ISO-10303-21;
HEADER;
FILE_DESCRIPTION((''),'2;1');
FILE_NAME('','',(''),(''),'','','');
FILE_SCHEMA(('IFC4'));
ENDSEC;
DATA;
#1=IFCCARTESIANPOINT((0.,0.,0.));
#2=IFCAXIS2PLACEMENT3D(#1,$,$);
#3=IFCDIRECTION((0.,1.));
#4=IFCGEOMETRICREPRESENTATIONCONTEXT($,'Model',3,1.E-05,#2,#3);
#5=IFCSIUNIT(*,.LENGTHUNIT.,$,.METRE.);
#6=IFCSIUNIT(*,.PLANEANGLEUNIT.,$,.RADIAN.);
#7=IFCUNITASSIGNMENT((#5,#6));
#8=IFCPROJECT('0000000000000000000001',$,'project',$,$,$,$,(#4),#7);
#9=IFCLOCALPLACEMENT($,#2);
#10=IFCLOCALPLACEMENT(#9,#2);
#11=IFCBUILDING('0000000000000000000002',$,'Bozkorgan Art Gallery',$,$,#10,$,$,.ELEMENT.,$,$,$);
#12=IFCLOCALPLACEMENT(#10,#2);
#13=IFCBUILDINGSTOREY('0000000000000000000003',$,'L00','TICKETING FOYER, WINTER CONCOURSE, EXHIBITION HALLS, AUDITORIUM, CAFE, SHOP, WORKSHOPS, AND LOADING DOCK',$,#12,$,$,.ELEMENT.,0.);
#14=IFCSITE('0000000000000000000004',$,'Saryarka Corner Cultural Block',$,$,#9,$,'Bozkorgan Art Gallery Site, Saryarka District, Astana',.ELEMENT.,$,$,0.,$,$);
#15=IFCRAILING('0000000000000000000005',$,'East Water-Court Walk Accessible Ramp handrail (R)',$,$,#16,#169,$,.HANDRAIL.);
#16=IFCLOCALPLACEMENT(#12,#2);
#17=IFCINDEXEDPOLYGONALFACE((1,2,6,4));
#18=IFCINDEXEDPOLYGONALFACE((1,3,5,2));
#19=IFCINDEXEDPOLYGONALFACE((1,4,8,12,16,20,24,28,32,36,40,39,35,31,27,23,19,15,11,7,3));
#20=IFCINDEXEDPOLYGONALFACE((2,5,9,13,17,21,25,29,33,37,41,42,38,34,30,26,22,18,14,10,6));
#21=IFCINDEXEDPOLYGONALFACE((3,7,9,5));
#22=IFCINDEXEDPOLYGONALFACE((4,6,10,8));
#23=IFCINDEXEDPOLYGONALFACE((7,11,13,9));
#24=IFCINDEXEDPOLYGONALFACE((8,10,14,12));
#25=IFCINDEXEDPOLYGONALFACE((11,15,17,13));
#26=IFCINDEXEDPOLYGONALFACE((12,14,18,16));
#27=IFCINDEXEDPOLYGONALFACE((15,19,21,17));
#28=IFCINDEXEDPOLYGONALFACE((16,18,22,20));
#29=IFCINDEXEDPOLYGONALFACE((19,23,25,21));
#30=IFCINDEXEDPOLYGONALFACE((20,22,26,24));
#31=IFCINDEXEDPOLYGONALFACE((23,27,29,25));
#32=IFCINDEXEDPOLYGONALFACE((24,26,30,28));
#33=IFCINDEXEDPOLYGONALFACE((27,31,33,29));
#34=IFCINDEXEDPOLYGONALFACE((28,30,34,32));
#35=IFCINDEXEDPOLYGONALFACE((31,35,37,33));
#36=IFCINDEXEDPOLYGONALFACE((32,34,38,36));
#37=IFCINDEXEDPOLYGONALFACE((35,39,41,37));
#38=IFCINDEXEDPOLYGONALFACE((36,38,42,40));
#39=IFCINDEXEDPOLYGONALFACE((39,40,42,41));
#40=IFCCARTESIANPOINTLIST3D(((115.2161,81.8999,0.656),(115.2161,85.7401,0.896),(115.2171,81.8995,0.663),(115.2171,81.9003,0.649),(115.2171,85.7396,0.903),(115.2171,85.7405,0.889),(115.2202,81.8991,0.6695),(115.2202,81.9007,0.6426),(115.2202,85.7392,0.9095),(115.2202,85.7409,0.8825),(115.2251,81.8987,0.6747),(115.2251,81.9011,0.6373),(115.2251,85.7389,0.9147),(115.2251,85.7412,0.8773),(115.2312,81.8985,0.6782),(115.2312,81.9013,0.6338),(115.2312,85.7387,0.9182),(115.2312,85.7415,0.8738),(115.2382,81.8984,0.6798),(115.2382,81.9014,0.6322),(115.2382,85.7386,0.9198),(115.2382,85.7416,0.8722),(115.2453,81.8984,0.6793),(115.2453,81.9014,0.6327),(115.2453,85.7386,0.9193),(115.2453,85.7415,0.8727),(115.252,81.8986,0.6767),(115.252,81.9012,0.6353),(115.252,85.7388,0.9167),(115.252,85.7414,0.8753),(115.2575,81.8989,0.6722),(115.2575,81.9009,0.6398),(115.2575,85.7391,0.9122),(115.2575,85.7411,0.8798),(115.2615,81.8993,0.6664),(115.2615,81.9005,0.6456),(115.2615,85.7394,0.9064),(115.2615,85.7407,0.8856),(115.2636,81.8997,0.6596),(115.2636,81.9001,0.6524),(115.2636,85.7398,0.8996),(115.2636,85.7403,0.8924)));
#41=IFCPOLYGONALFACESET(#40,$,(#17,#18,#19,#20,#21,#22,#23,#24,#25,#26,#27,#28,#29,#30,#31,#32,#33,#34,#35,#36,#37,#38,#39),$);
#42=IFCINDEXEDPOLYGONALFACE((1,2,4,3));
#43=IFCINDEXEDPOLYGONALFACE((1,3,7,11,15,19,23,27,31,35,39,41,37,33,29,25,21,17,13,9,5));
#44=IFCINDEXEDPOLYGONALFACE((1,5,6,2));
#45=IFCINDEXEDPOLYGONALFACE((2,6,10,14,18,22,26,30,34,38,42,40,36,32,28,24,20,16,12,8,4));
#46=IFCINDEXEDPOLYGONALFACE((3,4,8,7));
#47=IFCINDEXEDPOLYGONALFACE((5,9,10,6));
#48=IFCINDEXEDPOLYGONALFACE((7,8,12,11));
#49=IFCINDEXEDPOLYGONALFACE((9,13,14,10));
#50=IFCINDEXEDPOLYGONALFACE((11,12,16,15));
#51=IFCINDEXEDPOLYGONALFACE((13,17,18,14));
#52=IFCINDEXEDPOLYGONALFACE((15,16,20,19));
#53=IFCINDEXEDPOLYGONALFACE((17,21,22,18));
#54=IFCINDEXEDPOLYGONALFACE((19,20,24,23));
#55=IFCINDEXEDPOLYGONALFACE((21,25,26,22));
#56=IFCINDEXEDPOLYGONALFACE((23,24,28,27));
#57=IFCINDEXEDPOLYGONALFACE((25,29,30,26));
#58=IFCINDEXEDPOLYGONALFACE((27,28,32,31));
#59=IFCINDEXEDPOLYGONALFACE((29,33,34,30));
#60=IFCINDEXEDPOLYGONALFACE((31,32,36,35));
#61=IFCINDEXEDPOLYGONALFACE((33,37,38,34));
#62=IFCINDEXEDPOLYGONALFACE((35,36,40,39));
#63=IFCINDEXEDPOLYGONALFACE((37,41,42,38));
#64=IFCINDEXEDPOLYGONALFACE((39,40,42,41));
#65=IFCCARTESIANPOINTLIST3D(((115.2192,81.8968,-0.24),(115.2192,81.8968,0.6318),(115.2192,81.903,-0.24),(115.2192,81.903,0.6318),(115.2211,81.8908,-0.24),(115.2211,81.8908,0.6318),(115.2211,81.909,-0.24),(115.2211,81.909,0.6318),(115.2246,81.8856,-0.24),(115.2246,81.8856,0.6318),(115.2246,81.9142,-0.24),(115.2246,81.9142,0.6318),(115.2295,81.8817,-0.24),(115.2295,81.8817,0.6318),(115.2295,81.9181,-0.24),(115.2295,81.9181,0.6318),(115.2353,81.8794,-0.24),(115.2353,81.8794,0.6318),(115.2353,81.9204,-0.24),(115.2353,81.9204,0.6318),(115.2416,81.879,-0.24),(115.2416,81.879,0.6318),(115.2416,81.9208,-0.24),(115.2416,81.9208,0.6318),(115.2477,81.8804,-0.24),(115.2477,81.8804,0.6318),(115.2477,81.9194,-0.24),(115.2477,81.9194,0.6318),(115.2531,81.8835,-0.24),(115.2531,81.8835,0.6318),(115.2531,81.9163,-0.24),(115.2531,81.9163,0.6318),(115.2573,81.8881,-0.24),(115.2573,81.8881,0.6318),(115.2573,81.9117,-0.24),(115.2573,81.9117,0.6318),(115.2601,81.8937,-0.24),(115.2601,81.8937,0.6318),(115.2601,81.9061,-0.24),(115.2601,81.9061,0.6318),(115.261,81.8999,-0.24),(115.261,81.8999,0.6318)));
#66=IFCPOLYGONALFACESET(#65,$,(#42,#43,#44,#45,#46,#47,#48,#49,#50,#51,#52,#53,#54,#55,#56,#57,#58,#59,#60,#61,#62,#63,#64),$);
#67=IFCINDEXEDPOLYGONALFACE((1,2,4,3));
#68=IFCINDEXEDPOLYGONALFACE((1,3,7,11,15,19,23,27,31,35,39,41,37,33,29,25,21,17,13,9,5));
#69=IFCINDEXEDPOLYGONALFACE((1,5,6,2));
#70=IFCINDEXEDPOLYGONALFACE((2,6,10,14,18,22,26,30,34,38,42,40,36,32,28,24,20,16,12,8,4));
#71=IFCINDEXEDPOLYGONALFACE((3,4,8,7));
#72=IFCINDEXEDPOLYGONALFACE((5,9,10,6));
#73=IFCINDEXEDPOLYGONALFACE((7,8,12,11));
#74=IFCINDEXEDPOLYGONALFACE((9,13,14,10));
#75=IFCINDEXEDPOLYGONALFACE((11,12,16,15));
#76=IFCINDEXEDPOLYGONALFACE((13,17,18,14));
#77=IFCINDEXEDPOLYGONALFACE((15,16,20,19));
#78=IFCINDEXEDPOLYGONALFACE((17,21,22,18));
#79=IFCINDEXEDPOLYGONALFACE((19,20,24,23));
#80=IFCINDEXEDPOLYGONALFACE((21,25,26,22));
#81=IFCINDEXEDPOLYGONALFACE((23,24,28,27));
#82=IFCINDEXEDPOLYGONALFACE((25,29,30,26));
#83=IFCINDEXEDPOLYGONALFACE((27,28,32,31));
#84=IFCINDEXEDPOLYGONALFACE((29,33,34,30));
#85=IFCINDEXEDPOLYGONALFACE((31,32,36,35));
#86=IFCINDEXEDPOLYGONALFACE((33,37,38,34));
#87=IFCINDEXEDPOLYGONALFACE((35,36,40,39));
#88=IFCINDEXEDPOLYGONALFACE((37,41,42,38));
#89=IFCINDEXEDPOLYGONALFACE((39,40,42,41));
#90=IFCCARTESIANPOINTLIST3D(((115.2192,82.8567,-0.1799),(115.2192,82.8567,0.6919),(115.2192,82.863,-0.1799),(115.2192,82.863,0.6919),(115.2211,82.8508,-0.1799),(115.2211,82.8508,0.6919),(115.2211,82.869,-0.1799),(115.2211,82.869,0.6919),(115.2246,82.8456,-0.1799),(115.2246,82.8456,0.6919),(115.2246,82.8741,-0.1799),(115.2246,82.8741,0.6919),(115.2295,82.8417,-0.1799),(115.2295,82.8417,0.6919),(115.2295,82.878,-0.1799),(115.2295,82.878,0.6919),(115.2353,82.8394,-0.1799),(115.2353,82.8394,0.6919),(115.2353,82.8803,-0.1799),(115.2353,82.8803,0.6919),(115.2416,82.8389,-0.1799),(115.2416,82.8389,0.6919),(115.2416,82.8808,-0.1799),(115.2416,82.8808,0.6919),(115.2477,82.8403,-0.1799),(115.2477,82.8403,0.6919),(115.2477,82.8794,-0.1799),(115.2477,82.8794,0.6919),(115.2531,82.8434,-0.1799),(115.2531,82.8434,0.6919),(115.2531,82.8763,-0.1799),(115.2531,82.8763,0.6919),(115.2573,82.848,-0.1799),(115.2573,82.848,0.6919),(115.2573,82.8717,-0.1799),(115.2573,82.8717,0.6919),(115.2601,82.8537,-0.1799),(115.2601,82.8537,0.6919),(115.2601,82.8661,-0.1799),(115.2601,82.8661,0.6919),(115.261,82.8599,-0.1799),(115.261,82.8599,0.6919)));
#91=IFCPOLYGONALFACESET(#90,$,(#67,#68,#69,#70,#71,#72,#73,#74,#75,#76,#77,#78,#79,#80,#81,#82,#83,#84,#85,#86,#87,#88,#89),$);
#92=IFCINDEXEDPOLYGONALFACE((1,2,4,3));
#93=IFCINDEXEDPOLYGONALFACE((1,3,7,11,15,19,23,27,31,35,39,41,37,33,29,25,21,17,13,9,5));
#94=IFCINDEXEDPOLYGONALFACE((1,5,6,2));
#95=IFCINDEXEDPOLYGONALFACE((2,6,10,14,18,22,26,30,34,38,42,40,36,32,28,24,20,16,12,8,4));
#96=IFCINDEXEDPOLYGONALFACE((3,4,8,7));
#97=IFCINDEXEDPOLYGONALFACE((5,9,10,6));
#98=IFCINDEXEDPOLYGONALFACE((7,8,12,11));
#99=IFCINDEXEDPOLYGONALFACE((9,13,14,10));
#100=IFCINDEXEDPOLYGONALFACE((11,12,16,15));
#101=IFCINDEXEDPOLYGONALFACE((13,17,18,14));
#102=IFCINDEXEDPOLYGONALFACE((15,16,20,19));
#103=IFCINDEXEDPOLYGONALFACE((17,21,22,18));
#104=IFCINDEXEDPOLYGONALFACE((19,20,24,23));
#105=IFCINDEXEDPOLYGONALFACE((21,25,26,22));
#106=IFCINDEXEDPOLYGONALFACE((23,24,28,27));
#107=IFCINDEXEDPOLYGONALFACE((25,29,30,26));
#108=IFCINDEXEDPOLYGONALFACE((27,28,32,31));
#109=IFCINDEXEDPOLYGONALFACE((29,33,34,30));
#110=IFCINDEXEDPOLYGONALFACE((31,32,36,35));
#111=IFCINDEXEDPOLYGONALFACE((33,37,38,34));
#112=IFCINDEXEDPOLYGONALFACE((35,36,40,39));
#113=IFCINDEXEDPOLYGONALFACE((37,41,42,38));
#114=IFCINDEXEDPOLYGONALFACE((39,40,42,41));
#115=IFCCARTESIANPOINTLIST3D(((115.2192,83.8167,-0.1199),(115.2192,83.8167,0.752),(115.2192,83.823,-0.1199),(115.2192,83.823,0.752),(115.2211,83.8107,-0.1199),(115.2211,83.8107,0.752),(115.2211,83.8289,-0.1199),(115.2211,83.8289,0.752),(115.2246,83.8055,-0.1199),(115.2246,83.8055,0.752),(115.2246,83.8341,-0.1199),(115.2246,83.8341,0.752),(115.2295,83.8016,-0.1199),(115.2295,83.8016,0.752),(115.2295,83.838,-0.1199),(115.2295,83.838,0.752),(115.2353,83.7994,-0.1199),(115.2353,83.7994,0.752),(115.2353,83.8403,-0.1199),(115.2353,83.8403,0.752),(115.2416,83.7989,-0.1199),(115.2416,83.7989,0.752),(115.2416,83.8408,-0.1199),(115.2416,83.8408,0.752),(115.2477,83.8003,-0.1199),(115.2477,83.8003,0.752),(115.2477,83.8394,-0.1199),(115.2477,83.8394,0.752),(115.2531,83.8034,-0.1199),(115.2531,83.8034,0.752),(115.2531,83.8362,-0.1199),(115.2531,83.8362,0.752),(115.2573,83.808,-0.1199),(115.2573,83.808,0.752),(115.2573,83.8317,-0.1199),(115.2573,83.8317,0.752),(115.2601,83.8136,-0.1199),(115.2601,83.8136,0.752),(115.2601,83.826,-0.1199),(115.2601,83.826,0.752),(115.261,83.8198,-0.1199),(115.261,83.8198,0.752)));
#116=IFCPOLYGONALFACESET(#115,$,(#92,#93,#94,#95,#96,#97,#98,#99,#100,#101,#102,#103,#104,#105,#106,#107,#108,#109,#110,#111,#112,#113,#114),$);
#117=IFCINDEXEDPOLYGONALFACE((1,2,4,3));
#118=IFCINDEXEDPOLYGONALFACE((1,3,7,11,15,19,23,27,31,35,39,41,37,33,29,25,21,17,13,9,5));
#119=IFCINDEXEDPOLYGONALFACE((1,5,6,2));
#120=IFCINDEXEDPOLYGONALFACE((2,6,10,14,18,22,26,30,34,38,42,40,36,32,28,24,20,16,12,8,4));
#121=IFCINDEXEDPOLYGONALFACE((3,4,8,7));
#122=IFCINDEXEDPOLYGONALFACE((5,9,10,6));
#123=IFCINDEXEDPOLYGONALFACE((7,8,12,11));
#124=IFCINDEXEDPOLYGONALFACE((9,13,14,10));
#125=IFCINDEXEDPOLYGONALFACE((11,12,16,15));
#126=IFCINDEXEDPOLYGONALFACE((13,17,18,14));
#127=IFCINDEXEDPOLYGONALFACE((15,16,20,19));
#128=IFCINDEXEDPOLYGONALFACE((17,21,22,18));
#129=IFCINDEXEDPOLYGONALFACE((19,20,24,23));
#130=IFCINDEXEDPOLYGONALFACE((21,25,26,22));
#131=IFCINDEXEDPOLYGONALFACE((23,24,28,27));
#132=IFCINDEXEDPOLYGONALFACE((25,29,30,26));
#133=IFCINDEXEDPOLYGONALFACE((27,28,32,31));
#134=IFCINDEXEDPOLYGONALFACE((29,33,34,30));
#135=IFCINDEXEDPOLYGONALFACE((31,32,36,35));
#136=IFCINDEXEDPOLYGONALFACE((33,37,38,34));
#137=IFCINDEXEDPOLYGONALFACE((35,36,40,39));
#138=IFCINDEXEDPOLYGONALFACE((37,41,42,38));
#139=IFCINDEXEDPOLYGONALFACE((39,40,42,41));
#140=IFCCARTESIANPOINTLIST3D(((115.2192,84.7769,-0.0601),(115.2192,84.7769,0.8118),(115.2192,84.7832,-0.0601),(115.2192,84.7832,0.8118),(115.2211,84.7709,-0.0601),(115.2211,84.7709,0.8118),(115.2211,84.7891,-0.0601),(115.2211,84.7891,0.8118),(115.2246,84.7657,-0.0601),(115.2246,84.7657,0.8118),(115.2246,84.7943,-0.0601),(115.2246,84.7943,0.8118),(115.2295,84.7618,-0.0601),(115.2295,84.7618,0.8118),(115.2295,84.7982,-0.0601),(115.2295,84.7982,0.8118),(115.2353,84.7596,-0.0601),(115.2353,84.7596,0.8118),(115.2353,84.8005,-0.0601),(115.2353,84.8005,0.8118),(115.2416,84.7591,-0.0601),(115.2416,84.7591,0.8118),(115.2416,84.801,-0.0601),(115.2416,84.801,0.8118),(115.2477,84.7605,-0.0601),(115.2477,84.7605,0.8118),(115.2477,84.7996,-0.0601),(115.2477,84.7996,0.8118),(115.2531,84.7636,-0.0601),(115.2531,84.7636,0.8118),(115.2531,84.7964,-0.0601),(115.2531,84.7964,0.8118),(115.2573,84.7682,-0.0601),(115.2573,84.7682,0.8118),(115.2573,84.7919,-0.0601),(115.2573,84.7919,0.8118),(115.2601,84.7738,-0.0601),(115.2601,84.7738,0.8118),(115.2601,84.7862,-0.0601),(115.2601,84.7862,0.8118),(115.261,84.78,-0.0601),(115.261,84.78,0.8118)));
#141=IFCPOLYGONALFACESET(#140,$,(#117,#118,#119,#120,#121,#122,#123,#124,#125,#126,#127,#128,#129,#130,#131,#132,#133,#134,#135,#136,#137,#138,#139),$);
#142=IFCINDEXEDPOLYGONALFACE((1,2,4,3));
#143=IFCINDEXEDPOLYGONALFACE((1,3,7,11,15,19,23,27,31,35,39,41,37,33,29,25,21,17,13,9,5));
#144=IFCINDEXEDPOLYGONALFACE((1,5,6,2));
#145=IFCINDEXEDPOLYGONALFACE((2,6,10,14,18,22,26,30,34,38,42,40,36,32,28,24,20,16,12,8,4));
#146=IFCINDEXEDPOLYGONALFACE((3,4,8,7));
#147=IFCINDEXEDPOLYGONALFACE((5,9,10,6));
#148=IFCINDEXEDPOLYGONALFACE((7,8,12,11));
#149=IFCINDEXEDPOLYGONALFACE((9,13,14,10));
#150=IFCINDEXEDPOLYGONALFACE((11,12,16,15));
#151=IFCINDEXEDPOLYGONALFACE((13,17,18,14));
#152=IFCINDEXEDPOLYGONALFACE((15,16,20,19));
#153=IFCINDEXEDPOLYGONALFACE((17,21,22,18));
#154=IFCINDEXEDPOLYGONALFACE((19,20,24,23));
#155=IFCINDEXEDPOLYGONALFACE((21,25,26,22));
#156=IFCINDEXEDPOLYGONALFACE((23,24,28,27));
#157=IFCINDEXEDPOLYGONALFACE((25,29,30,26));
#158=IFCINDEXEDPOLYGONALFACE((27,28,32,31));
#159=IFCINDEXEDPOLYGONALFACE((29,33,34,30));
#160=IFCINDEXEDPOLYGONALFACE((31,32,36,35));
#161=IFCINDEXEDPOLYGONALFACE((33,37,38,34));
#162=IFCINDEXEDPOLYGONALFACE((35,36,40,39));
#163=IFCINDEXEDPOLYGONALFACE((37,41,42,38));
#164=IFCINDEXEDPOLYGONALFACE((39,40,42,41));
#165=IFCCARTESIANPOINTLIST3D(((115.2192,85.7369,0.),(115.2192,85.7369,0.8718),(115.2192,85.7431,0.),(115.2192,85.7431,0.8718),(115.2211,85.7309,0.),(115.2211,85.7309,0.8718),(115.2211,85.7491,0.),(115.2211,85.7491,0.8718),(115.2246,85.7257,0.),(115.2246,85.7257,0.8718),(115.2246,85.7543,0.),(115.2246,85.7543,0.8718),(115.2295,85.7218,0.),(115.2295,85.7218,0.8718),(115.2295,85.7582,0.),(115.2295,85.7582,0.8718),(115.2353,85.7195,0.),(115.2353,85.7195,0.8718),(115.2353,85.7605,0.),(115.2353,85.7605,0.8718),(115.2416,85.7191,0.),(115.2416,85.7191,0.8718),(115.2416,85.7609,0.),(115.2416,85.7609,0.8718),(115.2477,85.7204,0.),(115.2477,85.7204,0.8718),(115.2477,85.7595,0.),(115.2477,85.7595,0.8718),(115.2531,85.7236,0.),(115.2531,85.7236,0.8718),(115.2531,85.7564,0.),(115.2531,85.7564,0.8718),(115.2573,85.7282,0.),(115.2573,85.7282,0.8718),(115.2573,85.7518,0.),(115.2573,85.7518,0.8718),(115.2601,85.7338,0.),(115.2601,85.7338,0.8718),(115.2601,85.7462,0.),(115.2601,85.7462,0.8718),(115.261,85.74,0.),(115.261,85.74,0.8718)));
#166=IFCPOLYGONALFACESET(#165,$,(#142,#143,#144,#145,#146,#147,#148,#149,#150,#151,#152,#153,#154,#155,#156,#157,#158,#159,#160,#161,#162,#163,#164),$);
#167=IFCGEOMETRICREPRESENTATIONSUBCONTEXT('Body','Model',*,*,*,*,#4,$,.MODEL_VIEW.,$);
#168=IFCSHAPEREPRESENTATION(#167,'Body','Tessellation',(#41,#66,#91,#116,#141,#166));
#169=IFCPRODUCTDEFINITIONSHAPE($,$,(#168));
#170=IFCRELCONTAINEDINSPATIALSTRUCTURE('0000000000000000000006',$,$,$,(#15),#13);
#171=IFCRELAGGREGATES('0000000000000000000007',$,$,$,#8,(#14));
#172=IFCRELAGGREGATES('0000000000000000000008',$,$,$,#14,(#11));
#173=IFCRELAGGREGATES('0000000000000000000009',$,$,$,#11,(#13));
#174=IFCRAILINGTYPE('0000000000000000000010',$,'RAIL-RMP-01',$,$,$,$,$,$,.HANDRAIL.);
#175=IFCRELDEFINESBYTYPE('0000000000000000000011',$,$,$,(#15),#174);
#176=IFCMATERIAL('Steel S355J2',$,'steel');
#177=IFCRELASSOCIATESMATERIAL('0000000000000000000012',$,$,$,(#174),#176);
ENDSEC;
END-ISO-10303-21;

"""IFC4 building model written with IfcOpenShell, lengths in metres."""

from ifc_helpers import new_model, si_unit, direction, frame, origin, origin_2d, place, context, subcontext, project, spatial, circle, extrude, material, type_object, element, save


model = new_model("IFC4")

# Units and contexts
model_context = context("Model", 3, precision=1e-05, world=origin(), true_north=direction((0.0, 1.0)))
body_context = subcontext(model_context, "Body", "Model", "MODEL_VIEW")
ifc_project = project(units=[si_unit("LENGTHUNIT", "METRE"), si_unit("PLANEANGLEUNIT", "RADIAN")], contexts=[model_context])

# Site, building, storey
site_placement = place(None, origin())
site = spatial("IfcSite", under=ifc_project, at=site_placement, Name="Saryarka Corner Cultural Block", LongName="Bozkorgan Art Gallery Site, Saryarka District, Astana", CompositionType="ELEMENT", RefElevation=0.0)
building_placement = place(site_placement, origin())
building = spatial("IfcBuilding", under=site, at=building_placement, Name="Bozkorgan Art Gallery", CompositionType="ELEMENT")
storey_placement = place(building_placement, origin())
storey = spatial("IfcBuildingStorey", under=building, at=storey_placement, Name="L00", Description="TICKETING FOYER, WINTER CONCOURSE, EXHIBITION HALLS, AUDITORIUM, CAFE, SHOP, WORKSHOPS, AND LOADING DOCK", CompositionType="ELEMENT", Elevation=0.0)

# Shared definitions
ifc_material_1 = material(Name="Steel S355J2", Category="steel")

# Railing
railing_type = type_object("IfcRailingType", Name="RAIL-RMP-01", PredefinedType="HANDRAIL", material=ifc_material_1)
for number, where, name in (
    (1, (115.24, 81.8999, -0.24), "East Water-Court Walk Accessible Ramp handrail (R)"),
):
    element("IfcRailing", number, at=place(storey_placement, frame(where)), inside=storey, type_object=railing_type, Name=name, PredefinedType="HANDRAIL", context=body_context, shape_type="SweptSolid", body=[
        extrude(circle(Radius=0.0239, at=origin_2d()), frame((0.0, 0.0, 0.896), z_axis=(0.0, 0.998053, 0.062374), x_axis=(-1.0, 0.0, 0.0)), (0.0, 0.0, 1.0), 3.8477),
        extrude(circle(Radius=0.021, at=origin_2d()), origin(), (0.0, 0.0, 1.0), 0.8718),
        extrude(circle(Radius=0.021, at=origin_2d()), frame((0.0, 0.96, 0.0601)), (0.0, 0.0, 1.0), 0.8718),
        extrude(circle(Radius=0.021, at=origin_2d()), frame((0.0, 1.9199, 0.1201)), (0.0, 0.0, 1.0), 0.8718),
        extrude(circle(Radius=0.021, at=origin_2d()), frame((0.0, 2.8801, 0.1799)), (0.0, 0.0, 1.0), 0.8718),
        extrude(circle(Radius=0.021, at=origin_2d()), frame((0.0, 3.8401, 0.24)), (0.0, 0.0, 1.0), 0.8718),
    ])

save(model, "model.ifc")
